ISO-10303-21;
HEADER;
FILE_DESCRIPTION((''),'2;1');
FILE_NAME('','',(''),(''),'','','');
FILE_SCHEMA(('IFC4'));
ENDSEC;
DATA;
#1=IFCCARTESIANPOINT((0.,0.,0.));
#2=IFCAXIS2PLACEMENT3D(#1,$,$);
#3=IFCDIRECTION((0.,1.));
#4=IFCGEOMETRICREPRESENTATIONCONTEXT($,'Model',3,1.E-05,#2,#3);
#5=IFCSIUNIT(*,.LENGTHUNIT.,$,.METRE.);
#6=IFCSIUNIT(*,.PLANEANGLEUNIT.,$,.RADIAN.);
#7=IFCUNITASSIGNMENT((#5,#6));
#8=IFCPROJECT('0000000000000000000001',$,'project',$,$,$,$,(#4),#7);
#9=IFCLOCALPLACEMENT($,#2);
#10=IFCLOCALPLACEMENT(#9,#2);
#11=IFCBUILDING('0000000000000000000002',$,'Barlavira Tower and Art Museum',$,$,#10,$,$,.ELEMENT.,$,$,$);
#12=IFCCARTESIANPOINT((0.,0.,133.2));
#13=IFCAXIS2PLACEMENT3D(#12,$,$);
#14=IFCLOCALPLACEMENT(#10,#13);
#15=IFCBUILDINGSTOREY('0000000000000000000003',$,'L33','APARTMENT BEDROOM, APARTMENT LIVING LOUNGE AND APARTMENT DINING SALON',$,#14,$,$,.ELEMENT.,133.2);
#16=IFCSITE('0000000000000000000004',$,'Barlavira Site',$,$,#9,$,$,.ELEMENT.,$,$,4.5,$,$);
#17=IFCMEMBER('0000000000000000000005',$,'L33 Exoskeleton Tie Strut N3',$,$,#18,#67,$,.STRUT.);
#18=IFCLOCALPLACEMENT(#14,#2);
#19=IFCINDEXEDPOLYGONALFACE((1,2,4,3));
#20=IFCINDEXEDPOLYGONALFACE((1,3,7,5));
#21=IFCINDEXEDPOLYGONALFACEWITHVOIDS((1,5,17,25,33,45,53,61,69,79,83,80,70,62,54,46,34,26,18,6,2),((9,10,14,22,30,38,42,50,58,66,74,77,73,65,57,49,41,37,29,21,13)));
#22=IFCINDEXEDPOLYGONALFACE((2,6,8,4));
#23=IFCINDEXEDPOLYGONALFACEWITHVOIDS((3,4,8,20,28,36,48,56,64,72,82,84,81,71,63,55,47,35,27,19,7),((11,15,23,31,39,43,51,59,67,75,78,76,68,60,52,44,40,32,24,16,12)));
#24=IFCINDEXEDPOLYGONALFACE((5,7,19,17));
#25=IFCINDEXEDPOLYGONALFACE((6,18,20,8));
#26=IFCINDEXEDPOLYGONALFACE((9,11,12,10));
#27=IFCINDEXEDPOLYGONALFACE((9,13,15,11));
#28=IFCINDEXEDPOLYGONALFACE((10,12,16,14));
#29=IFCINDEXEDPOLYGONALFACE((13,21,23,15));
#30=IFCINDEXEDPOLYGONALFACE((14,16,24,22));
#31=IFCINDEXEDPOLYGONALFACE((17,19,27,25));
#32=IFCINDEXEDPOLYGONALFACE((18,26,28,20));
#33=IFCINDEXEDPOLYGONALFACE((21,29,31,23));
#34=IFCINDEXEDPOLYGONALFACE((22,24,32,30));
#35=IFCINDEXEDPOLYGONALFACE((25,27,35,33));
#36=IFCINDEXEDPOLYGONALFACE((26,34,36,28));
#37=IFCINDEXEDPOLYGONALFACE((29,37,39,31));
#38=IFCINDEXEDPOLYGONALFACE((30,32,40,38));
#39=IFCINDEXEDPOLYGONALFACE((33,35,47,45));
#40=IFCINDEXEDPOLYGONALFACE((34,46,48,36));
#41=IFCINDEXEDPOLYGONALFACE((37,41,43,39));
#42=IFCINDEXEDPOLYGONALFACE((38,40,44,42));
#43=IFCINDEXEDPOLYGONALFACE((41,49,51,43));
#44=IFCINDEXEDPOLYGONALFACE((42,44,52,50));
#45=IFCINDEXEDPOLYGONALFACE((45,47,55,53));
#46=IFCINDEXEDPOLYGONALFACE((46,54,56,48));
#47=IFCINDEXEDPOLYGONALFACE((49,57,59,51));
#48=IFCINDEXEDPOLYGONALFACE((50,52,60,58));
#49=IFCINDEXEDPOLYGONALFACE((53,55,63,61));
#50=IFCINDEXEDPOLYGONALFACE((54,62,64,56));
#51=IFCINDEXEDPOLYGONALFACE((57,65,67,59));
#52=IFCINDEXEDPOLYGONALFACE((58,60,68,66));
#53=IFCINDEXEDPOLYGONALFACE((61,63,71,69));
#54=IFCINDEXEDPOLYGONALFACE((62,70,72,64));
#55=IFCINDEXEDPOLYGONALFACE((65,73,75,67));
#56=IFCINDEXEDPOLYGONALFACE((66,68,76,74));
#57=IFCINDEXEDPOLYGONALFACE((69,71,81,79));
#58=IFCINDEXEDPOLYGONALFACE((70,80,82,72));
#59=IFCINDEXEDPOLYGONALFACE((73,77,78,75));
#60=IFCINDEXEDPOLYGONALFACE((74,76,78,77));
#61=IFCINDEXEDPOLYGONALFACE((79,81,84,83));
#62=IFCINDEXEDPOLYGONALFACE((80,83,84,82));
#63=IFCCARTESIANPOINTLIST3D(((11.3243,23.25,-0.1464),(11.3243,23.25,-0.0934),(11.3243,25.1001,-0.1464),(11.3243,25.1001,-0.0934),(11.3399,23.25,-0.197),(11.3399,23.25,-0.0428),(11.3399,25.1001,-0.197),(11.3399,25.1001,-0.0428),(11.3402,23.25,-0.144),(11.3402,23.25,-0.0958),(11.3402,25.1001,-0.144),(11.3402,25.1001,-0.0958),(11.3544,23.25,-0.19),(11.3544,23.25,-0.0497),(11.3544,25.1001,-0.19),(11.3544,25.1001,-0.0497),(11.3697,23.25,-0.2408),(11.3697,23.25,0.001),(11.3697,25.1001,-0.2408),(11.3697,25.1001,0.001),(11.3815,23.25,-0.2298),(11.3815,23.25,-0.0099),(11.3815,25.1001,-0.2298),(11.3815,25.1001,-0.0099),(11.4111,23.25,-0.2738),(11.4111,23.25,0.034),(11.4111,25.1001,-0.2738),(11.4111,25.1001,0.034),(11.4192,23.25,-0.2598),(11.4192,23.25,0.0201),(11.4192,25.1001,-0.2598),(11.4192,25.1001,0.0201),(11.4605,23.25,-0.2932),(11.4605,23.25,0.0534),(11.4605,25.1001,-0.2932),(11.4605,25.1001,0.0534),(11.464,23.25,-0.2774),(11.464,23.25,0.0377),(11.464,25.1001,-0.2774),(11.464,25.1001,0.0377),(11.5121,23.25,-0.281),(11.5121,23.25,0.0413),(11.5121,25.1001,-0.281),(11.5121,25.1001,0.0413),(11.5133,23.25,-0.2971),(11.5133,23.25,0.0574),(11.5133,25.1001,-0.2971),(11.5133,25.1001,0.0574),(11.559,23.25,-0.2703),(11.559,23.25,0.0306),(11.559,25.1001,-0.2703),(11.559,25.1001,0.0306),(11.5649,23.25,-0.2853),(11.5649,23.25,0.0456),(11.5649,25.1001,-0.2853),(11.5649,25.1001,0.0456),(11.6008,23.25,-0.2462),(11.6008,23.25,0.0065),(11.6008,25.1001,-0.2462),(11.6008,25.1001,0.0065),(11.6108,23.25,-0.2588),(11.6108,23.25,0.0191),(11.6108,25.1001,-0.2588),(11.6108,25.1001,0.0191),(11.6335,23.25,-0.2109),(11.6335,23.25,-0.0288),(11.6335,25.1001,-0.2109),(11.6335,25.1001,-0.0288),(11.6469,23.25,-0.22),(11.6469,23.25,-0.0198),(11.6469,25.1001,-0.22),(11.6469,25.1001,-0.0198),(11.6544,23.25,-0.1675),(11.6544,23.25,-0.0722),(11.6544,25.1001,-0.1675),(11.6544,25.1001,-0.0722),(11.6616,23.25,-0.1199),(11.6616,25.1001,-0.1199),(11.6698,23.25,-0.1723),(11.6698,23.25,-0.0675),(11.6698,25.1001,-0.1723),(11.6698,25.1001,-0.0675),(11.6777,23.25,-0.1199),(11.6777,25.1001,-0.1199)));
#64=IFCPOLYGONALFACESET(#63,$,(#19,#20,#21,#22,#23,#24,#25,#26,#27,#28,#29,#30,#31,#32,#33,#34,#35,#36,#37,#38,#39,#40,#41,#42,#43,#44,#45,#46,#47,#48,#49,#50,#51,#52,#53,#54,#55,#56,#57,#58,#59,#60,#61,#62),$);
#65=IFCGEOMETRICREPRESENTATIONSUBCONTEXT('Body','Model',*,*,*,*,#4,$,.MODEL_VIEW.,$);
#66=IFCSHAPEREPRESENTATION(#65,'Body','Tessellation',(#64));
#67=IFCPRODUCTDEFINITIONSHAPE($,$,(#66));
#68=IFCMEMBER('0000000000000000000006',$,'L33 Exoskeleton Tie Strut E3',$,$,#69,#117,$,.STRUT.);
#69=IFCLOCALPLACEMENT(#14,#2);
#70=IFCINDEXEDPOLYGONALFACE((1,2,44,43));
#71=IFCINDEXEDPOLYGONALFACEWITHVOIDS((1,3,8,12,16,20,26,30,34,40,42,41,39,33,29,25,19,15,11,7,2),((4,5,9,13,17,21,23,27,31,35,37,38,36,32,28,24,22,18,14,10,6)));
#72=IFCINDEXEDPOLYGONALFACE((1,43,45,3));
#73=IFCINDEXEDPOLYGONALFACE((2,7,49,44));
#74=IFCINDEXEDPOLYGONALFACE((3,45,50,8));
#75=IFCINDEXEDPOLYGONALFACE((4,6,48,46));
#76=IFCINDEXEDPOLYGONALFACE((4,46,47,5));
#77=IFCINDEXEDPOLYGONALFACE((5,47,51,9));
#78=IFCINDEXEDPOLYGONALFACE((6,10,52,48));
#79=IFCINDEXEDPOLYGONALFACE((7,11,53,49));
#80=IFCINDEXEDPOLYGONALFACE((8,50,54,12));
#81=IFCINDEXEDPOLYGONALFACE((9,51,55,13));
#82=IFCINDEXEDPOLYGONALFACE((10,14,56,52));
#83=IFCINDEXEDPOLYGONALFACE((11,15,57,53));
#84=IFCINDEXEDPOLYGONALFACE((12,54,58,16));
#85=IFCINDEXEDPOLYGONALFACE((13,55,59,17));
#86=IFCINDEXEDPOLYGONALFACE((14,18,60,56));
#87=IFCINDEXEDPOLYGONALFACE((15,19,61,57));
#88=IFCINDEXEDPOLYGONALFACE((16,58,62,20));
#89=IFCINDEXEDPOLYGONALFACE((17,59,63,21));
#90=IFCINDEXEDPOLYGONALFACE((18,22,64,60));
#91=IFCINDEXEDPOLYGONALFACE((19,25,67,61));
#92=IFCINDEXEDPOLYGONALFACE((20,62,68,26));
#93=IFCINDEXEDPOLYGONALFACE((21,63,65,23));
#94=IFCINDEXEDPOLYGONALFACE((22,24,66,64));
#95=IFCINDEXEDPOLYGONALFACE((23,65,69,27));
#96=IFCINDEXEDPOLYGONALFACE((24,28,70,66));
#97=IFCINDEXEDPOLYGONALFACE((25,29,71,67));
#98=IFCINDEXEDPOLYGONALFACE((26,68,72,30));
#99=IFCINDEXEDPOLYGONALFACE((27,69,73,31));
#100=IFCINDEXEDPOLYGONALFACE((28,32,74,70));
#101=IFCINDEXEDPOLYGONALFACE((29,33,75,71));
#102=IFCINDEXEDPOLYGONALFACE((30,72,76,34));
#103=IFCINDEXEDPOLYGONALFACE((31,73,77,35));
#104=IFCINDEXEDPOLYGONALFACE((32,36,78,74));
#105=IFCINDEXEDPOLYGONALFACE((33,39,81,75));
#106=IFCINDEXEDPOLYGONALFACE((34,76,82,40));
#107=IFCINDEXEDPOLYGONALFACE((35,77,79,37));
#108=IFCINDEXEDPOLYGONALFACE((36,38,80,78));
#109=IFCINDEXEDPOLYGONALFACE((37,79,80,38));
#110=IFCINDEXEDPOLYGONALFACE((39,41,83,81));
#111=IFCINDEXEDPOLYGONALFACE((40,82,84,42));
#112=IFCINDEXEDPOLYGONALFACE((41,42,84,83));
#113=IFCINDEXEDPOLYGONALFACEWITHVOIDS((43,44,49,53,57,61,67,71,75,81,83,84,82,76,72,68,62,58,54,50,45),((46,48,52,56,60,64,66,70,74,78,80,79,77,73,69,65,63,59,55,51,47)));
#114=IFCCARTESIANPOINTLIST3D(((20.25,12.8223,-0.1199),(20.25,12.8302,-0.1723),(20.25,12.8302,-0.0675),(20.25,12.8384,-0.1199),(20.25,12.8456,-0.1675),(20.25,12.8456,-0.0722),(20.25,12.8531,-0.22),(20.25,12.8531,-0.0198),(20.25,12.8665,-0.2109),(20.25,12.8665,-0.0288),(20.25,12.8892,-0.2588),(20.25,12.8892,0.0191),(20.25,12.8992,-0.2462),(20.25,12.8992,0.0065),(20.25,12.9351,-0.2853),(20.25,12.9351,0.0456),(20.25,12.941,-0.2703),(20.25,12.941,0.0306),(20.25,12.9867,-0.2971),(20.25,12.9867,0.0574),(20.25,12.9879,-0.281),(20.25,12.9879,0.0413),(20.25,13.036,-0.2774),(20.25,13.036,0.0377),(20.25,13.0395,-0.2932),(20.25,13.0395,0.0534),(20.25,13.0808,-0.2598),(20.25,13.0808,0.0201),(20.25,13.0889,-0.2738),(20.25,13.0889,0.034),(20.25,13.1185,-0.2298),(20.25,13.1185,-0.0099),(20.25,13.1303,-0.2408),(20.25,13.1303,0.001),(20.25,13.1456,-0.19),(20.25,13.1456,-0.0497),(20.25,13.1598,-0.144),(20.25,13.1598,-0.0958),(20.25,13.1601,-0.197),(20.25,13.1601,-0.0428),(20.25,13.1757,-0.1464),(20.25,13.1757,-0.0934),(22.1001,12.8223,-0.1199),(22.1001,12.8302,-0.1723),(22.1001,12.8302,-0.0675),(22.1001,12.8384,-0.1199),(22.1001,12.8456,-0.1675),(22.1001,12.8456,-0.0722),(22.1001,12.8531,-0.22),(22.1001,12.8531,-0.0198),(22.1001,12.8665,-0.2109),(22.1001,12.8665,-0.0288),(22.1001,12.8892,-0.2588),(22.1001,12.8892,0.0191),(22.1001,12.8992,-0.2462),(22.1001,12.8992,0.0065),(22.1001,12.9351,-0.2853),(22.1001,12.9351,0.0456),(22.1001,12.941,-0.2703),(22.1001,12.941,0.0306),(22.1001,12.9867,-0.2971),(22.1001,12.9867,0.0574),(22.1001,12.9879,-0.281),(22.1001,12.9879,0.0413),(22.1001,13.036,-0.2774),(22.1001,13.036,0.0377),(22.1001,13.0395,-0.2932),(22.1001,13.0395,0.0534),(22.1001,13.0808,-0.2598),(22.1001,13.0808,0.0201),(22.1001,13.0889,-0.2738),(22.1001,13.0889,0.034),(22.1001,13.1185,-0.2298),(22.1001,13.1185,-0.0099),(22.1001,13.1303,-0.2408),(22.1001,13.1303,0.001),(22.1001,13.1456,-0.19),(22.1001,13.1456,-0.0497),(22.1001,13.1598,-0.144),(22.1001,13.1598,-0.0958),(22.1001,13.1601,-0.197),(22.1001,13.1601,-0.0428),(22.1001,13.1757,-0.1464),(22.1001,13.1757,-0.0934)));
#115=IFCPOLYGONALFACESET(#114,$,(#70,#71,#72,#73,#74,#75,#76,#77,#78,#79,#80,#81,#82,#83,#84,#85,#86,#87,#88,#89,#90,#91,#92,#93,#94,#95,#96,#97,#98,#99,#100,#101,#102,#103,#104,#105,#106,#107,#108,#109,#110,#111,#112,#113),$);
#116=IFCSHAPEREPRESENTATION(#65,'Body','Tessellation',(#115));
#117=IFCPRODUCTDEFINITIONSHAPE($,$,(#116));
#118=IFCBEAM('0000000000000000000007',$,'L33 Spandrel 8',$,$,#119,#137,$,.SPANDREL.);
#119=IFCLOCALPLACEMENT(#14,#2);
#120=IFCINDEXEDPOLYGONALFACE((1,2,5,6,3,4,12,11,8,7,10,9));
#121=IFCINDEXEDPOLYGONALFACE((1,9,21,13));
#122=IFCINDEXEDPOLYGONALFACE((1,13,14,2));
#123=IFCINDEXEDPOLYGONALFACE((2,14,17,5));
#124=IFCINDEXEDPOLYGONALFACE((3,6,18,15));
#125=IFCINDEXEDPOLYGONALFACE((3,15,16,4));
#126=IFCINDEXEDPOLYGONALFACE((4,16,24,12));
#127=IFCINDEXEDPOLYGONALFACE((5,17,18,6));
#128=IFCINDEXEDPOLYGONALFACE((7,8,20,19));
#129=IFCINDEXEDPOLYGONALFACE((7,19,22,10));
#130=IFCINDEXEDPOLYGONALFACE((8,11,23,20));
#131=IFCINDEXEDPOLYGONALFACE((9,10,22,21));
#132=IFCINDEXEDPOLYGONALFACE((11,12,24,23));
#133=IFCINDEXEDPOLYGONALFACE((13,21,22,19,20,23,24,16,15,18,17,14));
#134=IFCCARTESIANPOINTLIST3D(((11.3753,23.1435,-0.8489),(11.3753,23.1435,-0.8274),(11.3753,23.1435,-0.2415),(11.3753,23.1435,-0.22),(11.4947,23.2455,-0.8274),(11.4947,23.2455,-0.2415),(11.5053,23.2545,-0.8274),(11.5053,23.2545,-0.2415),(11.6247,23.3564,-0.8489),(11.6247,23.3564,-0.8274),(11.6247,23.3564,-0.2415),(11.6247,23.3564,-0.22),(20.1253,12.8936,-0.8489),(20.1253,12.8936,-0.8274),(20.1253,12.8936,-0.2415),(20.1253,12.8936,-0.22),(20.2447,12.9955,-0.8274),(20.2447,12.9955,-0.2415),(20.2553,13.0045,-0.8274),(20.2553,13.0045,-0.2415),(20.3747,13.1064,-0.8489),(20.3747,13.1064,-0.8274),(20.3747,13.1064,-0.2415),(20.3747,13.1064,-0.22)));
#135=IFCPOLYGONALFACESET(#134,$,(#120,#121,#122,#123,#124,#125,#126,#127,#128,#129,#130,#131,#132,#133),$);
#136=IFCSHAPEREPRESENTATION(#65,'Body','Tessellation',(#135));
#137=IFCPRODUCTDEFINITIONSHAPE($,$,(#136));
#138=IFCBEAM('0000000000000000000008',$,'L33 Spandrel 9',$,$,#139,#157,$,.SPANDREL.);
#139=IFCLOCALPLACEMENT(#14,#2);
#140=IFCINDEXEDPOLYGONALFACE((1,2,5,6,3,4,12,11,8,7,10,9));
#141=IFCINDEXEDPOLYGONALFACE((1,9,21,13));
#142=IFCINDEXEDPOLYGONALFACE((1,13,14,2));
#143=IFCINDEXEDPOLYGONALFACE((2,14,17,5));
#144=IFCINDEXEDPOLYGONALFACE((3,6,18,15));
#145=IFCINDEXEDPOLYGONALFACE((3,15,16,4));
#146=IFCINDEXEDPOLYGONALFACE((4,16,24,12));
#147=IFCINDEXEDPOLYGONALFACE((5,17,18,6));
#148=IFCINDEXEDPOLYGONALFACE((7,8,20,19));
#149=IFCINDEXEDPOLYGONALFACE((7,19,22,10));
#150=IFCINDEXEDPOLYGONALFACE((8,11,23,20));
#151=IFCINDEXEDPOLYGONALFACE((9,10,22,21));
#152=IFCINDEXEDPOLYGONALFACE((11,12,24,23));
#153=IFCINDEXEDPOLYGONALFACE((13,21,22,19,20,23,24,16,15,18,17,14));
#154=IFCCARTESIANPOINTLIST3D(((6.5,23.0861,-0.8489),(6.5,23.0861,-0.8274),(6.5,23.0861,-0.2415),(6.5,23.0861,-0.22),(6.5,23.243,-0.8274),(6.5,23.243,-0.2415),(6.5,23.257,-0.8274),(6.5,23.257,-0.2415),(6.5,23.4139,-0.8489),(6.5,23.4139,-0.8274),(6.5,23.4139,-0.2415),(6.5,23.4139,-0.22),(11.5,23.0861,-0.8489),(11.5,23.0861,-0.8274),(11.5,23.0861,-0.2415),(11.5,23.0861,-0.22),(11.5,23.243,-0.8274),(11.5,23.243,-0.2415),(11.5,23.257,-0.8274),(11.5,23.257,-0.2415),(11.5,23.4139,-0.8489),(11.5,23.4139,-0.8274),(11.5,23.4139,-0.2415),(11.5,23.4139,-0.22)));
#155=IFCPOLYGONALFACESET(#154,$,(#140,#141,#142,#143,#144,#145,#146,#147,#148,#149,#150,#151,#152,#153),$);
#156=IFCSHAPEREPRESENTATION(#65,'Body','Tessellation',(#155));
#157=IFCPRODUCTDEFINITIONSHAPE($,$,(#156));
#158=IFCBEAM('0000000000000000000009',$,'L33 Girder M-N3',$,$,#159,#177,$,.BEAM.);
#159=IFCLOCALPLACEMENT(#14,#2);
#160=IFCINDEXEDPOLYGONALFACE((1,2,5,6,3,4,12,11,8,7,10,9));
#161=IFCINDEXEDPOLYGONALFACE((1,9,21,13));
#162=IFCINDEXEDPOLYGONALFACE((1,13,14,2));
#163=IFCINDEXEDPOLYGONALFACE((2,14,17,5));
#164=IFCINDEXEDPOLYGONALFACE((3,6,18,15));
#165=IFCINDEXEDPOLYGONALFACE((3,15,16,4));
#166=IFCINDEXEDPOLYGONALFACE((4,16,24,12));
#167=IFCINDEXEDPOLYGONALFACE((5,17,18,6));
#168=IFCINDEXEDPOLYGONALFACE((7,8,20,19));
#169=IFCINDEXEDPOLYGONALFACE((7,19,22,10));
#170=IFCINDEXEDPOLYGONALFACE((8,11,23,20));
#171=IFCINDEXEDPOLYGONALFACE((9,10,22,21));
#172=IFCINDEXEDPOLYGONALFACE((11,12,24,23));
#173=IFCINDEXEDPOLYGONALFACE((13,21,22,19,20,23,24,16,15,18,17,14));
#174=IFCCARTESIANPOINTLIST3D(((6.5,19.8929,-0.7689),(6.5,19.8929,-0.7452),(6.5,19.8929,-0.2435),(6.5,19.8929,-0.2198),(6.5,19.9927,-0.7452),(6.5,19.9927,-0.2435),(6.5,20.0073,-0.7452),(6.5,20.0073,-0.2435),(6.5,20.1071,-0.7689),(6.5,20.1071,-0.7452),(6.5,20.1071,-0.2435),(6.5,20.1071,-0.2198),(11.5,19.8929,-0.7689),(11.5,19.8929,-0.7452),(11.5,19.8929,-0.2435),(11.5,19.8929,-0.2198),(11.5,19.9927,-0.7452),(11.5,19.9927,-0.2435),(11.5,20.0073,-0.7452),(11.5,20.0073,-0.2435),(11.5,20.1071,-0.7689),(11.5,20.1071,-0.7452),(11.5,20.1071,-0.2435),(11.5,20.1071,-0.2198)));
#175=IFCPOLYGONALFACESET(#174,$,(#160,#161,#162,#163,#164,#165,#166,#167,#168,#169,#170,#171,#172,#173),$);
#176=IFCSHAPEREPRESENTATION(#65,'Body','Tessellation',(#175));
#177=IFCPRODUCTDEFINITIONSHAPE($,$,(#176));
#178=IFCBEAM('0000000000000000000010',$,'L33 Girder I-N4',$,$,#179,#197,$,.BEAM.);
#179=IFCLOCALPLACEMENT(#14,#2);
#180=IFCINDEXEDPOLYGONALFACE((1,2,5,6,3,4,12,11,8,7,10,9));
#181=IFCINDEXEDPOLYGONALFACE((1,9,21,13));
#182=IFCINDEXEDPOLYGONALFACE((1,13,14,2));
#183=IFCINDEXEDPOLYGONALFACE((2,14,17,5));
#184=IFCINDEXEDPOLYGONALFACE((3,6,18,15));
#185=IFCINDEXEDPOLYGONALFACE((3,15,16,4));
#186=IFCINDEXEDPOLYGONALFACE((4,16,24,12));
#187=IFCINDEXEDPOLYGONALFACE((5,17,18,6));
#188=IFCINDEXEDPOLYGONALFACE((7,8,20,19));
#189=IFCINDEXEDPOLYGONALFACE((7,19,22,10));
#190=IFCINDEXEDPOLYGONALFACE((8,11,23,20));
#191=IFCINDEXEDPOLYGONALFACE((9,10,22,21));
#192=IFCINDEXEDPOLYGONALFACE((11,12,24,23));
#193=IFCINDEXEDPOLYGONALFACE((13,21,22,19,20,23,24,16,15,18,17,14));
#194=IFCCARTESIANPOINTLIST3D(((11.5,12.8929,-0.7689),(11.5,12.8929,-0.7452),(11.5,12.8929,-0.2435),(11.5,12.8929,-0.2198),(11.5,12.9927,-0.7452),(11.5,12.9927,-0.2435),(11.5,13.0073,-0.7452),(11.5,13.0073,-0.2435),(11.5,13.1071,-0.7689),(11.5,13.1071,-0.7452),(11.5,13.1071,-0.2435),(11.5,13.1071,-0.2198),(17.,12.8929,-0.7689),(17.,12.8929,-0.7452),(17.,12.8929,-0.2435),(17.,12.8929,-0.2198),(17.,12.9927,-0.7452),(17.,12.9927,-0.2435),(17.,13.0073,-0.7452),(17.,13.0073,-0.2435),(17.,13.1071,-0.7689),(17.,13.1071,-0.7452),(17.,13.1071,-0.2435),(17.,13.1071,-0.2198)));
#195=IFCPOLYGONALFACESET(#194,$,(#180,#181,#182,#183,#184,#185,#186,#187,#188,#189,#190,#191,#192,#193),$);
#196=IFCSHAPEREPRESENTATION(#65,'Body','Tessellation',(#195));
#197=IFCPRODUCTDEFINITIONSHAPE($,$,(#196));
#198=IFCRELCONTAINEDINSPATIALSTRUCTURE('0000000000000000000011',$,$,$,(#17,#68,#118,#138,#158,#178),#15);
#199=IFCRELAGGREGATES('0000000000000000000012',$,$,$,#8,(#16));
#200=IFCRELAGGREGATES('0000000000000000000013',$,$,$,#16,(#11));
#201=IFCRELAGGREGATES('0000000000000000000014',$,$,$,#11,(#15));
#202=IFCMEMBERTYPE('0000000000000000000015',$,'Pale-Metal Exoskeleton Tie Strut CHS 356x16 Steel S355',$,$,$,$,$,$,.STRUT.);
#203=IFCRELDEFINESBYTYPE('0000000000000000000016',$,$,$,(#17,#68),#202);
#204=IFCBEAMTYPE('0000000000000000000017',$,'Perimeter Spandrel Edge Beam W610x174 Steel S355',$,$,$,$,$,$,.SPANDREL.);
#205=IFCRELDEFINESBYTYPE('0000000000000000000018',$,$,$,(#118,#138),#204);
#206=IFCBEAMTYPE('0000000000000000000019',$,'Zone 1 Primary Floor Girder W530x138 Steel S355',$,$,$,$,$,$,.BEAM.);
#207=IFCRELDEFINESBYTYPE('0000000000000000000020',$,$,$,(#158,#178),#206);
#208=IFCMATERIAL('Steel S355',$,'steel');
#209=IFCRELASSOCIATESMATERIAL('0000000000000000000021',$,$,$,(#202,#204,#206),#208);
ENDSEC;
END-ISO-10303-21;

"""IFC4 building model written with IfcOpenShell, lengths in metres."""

from ifc_helpers import new_model, si_unit, direction, frame, origin, origin_2d, place, context, subcontext, project, spatial, hollow_circle, i_section, extrude, material, material_profile, profile_set, type_object, element, save


model = new_model("IFC4")

# Units and contexts
model_context = context("Model", 3, precision=1e-05, world=origin(), true_north=direction((0.0, 1.0)))
body_context = subcontext(model_context, "Body", "Model", "MODEL_VIEW")
ifc_project = project(units=[si_unit("LENGTHUNIT", "METRE"), si_unit("PLANEANGLEUNIT", "RADIAN")], contexts=[model_context])

# Site, building, storey
site_placement = place(None, origin())
site = spatial("IfcSite", under=ifc_project, at=site_placement, Name="Barlavira Site", CompositionType="ELEMENT", RefElevation=4.5)
building_placement = place(site_placement, origin())
building = spatial("IfcBuilding", under=site, at=building_placement, Name="Barlavira Tower and Art Museum", CompositionType="ELEMENT")
storey_placement = place(building_placement, frame((0.0, 0.0, 133.2)))
storey = spatial("IfcBuildingStorey", under=building, at=storey_placement, Name="L33", Description="APARTMENT BEDROOM, APARTMENT LIVING LOUNGE AND APARTMENT DINING SALON", CompositionType="ELEMENT", Elevation=133.2)

# Members
ifc_material_1 = material(Name="Steel S355", Category="steel")
ifc_material_profile_1 = material_profile(ifc_material_1, hollow_circle(Radius=0.1777, WallThickness=0.0161, at=origin_2d()), Name="CHS 355.6x16.0")
ifc_profile_set_1 = profile_set([ifc_material_profile_1], Name="Steel S355")
member_type_1 = type_object("IfcMemberType", Name="Pale-Metal Exoskeleton Tie Strut CHS 356x16 Steel S355", PredefinedType="STRUT", material=ifc_profile_set_1)
for number, where, z_axis, x_axis, name in (
    (1, (11.5, 25.1001, -0.1199), (0.0, -1.0, 0.0), (1.0, 0.0, 0.0), "L33 Exoskeleton Tie Strut N3"),
    (2, (22.1001, 13.0, -0.1199), (-1.0, 0.0, 0.0), (0.0, -1.0, 0.0), "L33 Exoskeleton Tie Strut E3"),
):
    element("IfcMember", number, at=place(storey_placement, frame(where, z_axis=z_axis, x_axis=x_axis)), inside=storey, type_object=member_type_1, Name=name, PredefinedType="STRUT", context=body_context, shape_type="SweptSolid", body=[
        extrude(hollow_circle(Radius=0.1777, WallThickness=0.0161, at=origin_2d()), origin(), (0.0, 0.0, 1.0), 1.8501),
    ])

# Beams
ifc_material_profile_2 = material_profile(ifc_material_1, i_section(OverallWidth=0.3279, OverallDepth=0.6289, WebThickness=0.0139, FlangeThickness=0.0215, at=origin_2d()), Name="W610x174.0")
ifc_profile_set_2 = profile_set([ifc_material_profile_2], Name="Steel S355")
beam_type_1 = type_object("IfcBeamType", Name="Perimeter Spandrel Edge Beam W610x174 Steel S355", PredefinedType="SPANDREL", material=ifc_profile_set_2)
beam_1_placement = place(storey_placement, frame((20.25, 13.0, -0.5344), z_axis=(-0.649262, 0.760565, 0.0), x_axis=(-0.760565, -0.649262, 0.0)))
element("IfcBeam", 3, at=beam_1_placement, inside=storey, type_object=beam_type_1, Name="L33 Spandrel 8", PredefinedType="SPANDREL", context=body_context, shape_type="SweptSolid", body=[
    extrude(i_section(OverallWidth=0.3279, OverallDepth=0.6289, WebThickness=0.0139, FlangeThickness=0.0215, at=origin_2d()), origin(), (0.0, 0.0, 1.0), 13.4768),
])
beam_2_placement = place(storey_placement, frame((6.5, 23.25, -0.5344), z_axis=(1.0, 0.0, 0.0), x_axis=(0.0, 1.0, 0.0)))
element("IfcBeam", 4, at=beam_2_placement, inside=storey, type_object=beam_type_1, Name="L33 Spandrel 9", PredefinedType="SPANDREL", context=body_context, shape_type="SweptSolid", body=[
    extrude(i_section(OverallWidth=0.3279, OverallDepth=0.6289, WebThickness=0.0139, FlangeThickness=0.0215, at=origin_2d()), origin(), (0.0, 0.0, 1.0), 5.0),
])
ifc_material_profile_3 = material_profile(ifc_material_1, i_section(OverallWidth=0.2141, OverallDepth=0.5491, WebThickness=0.0146, FlangeThickness=0.0237, at=origin_2d()), Name="W530x138.0")
ifc_profile_set_3 = profile_set([ifc_material_profile_3], Name="Steel S355")
beam_type_2 = type_object("IfcBeamType", Name="Zone 1 Primary Floor Girder W530x138 Steel S355", PredefinedType="BEAM", material=ifc_profile_set_3)
beam_3_placement = place(storey_placement, frame((6.5, 20.0, -0.4944), z_axis=(1.0, 0.0, 0.0), x_axis=(0.0, 1.0, 0.0)))
element("IfcBeam", 5, at=beam_3_placement, inside=storey, type_object=beam_type_2, Name="L33 Girder M-N3", PredefinedType="BEAM", context=body_context, shape_type="SweptSolid", body=[
    extrude(i_section(OverallWidth=0.2141, OverallDepth=0.5491, WebThickness=0.0146, FlangeThickness=0.0237, at=origin_2d()), origin(), (0.0, 0.0, 1.0), 5.0),
])
beam_4_placement = place(storey_placement, frame((11.5, 13.0, -0.4944), z_axis=(1.0, 0.0, 0.0), x_axis=(0.0, 1.0, 0.0)))
element("IfcBeam", 6, at=beam_4_placement, inside=storey, type_object=beam_type_2, Name="L33 Girder I-N4", PredefinedType="BEAM", context=body_context, shape_type="SweptSolid", body=[
    extrude(i_section(OverallWidth=0.2141, OverallDepth=0.5491, WebThickness=0.0146, FlangeThickness=0.0237, at=origin_2d()), origin(), (0.0, 0.0, 1.0), 5.5),
])

save(model, "model.ifc")
